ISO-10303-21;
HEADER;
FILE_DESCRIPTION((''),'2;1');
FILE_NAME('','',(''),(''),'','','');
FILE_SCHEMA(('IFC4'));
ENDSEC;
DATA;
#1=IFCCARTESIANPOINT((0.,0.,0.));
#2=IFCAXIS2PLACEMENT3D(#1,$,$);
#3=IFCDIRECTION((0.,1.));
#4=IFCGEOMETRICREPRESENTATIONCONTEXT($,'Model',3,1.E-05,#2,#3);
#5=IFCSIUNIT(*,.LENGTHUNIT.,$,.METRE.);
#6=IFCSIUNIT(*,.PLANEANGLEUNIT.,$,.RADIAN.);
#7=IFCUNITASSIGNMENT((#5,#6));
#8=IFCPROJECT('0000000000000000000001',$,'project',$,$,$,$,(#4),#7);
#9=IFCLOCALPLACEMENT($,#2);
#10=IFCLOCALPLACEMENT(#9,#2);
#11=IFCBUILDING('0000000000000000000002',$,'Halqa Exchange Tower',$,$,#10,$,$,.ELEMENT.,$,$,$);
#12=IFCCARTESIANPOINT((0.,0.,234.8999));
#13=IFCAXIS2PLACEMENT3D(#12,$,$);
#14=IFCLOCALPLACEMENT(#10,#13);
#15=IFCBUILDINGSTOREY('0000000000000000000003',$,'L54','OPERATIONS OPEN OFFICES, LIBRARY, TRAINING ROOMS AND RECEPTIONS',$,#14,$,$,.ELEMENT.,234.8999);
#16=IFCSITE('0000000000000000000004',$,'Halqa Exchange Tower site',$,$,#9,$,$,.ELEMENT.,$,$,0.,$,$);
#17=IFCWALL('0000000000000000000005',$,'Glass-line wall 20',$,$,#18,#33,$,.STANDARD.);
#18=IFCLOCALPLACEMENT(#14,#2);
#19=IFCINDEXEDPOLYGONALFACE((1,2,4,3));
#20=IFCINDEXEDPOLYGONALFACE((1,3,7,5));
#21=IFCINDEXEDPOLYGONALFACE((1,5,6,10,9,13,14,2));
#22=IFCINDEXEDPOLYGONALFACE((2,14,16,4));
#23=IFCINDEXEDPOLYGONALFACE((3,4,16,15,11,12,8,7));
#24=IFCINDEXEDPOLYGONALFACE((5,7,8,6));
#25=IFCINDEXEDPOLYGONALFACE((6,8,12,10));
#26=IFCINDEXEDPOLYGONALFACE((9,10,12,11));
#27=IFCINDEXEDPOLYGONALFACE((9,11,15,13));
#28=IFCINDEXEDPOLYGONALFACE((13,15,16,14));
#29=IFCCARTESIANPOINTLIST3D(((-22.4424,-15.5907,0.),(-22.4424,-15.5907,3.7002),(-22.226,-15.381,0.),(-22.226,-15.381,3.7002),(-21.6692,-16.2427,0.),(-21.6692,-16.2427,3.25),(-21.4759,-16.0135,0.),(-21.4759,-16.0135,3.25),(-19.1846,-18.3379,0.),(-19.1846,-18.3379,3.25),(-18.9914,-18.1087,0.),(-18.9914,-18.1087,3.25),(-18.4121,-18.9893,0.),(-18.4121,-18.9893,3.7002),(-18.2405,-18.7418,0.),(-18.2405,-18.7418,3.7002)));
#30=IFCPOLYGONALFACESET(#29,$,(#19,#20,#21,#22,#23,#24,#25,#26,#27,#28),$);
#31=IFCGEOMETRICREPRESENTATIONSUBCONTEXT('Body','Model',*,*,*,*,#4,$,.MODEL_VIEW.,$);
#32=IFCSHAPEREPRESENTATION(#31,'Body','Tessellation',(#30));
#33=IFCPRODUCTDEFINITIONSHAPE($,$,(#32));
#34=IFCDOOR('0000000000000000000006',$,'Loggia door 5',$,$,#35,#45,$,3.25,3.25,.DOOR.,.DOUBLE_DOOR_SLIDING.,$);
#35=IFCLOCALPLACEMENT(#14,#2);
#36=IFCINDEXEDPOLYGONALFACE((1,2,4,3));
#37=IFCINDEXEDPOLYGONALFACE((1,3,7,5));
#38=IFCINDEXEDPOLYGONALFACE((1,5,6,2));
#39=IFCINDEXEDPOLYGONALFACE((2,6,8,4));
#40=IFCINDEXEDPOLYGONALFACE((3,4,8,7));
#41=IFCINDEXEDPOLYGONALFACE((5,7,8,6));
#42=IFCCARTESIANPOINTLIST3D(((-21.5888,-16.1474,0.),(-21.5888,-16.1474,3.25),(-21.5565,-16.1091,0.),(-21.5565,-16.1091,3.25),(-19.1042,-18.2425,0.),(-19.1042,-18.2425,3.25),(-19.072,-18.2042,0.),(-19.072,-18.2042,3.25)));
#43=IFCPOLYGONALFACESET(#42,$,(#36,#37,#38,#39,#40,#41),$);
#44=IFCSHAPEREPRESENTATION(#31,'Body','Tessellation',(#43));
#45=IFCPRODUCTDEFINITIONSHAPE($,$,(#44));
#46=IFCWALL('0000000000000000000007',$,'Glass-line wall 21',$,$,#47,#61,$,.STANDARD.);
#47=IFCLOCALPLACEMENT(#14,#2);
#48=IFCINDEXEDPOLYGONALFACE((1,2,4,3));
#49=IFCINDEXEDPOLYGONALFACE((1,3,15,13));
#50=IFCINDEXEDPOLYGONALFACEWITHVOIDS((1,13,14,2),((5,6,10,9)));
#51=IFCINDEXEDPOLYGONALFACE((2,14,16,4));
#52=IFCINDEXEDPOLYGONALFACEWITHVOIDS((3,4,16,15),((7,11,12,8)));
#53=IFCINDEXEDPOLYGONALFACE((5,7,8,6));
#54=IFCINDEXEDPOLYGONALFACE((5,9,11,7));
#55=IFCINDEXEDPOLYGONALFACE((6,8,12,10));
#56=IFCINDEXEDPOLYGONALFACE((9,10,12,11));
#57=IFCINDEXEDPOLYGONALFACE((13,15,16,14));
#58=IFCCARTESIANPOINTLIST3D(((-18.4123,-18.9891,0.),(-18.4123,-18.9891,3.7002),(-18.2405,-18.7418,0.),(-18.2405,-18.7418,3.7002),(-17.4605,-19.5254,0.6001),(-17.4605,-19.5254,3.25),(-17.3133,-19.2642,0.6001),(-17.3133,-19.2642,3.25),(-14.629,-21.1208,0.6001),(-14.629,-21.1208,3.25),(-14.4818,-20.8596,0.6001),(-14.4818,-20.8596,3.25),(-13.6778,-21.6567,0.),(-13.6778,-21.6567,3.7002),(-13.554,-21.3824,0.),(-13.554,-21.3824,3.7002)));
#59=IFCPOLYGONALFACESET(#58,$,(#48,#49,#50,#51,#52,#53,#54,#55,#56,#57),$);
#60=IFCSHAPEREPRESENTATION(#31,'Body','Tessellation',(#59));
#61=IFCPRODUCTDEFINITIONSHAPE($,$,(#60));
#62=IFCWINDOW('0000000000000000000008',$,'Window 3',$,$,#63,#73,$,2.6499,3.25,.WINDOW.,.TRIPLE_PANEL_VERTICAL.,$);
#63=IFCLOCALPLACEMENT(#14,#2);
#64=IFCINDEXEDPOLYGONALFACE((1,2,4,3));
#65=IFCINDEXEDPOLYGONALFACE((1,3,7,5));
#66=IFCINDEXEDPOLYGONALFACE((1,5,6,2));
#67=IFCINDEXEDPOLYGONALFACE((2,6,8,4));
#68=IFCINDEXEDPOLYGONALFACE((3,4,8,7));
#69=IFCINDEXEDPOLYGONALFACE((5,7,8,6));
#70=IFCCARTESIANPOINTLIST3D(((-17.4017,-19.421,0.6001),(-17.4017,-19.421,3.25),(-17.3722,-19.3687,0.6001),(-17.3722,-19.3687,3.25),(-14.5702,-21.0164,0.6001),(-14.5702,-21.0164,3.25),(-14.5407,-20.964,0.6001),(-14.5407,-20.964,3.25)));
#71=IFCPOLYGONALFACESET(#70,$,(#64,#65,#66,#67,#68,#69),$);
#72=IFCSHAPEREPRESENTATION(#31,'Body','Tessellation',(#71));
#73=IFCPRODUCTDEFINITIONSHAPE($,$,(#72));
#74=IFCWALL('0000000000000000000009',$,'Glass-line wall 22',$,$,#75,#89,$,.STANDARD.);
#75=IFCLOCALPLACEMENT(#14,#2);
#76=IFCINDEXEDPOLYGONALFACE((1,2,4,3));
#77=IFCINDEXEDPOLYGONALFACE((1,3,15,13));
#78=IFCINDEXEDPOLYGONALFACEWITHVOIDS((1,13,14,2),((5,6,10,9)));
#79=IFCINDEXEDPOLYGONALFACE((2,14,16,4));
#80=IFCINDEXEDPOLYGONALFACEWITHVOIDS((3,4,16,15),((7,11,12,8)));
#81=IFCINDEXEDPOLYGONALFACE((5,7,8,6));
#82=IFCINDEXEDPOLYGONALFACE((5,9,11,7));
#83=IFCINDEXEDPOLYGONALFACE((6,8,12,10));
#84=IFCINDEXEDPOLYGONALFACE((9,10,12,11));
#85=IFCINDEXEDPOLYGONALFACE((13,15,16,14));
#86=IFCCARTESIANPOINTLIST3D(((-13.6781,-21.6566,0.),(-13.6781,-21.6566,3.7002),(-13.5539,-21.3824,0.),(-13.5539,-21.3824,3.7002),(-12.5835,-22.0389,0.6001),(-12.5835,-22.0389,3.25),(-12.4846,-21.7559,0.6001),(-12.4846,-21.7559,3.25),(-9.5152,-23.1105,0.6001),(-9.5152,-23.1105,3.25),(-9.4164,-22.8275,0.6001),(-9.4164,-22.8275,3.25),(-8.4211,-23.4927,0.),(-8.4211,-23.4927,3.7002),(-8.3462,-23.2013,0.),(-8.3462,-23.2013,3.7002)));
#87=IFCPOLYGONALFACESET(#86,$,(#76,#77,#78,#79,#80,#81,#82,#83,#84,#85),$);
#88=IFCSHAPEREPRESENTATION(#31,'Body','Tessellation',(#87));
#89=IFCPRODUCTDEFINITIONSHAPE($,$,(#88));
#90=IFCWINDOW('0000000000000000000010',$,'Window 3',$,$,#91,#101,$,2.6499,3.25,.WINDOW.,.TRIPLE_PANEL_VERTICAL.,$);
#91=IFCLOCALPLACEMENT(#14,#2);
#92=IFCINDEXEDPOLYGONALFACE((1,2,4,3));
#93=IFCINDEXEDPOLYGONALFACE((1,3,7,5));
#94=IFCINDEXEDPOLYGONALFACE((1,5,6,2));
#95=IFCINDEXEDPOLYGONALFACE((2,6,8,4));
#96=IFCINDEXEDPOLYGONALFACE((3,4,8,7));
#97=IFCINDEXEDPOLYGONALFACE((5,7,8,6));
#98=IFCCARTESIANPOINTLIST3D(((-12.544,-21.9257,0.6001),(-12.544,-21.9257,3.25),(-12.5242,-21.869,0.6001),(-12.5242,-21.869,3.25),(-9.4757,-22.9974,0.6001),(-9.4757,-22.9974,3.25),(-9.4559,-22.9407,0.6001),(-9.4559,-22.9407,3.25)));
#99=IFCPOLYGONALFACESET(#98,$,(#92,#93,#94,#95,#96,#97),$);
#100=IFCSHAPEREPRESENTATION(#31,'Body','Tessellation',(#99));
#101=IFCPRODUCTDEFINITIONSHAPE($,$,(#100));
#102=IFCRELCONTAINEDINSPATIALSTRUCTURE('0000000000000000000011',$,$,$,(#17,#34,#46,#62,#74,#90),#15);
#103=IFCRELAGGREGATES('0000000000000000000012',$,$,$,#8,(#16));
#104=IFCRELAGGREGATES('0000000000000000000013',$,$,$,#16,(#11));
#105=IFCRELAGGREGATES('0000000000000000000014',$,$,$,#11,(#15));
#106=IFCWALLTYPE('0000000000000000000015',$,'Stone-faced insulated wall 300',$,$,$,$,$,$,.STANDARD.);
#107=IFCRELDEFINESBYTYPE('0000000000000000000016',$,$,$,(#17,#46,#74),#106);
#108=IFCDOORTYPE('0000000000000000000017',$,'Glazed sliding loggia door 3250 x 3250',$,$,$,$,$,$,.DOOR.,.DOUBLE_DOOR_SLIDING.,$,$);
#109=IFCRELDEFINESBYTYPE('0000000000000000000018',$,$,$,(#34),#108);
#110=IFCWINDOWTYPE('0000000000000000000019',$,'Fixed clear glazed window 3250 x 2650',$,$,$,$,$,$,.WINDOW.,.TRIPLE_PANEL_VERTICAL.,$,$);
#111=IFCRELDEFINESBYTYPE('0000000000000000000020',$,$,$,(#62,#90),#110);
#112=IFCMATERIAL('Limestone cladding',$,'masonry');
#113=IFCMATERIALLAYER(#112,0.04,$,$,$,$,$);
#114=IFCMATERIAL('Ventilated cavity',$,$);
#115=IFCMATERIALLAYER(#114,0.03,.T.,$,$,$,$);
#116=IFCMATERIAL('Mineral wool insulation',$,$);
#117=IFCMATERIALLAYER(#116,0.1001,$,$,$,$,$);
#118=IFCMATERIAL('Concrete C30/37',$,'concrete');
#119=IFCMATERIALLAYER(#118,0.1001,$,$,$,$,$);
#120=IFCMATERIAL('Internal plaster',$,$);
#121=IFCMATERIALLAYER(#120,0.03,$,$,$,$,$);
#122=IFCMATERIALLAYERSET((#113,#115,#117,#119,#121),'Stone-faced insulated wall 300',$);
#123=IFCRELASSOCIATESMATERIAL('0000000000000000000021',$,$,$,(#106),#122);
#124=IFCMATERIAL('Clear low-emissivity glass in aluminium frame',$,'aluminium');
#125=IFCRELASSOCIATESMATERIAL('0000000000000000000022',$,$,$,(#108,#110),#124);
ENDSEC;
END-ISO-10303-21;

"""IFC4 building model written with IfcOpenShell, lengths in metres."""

from ifc_helpers import new_model, si_unit, direction, frame, frame_2d, origin, place, context, subcontext, project, spatial, polyline, rectangle, outline, extrude, material, layer, layer_set, type_object, element, fill, save


model = new_model("IFC4")

# Units and contexts
model_context = context("Model", 3, precision=1e-05, world=origin(), true_north=direction((0.0, 1.0)))
body_context = subcontext(model_context, "Body", "Model", "MODEL_VIEW")
ifc_project = project(units=[si_unit("LENGTHUNIT", "METRE"), si_unit("PLANEANGLEUNIT", "RADIAN")], contexts=[model_context])

# Site, building, storey
site_placement = place(None, origin())
site = spatial("IfcSite", under=ifc_project, at=site_placement, Name="Halqa Exchange Tower site", CompositionType="ELEMENT", RefElevation=0.0)
building_placement = place(site_placement, origin())
building = spatial("IfcBuilding", under=site, at=building_placement, Name="Halqa Exchange Tower", CompositionType="ELEMENT")
storey_placement = place(building_placement, frame((0.0, 0.0, 234.8999)))
storey = spatial("IfcBuildingStorey", under=building, at=storey_placement, Name="L54", Description="OPERATIONS OPEN OFFICES, LIBRARY, TRAINING ROOMS AND RECEPTIONS", CompositionType="ELEMENT", Elevation=234.8999)

# Wall, opening, door
ifc_material_1 = material(Name="Limestone cladding", Category="masonry")
ifc_layer_1 = layer(ifc_material_1, 0.04)
ifc_material_2 = material(Name="Ventilated cavity")
ifc_layer_2 = layer(ifc_material_2, 0.03, ventilated=True)
ifc_material_3 = material(Name="Mineral wool insulation")
ifc_layer_3 = layer(ifc_material_3, 0.1001)
ifc_material_4 = material(Name="Concrete C30/37", Category="concrete")
ifc_layer_4 = layer(ifc_material_4, 0.1001)
ifc_material_5 = material(Name="Internal plaster")
ifc_layer_5 = layer(ifc_material_5, 0.03)
ifc_layer_set_1 = layer_set([ifc_layer_1, ifc_layer_2, ifc_layer_3, ifc_layer_4, ifc_layer_5], Name="Stone-faced insulated wall 300")
wall_type_1 = type_object("IfcWallType", Name="Stone-faced insulated wall 300", PredefinedType="STANDARD", material=ifc_layer_set_1)
wall_1_placement = place(storey_placement, frame((-22.3342, -15.4858, 0.0), z_axis=(0.0, 0.0, 1.0), x_axis=(0.764475, -0.644653, 0.0)))
wall_1 = element("IfcWall", 1, at=wall_1_placement, inside=storey, type_object=wall_type_1, Name="Glass-line wall 20", PredefinedType="STANDARD", context=body_context, shape_type="SweptSolid", body=[
    extrude(outline(polyline([(-0.0151, -0.1499), (5.2568, -0.1499), (5.2285, 0.1499), (0.0151, 0.1499), (-0.0151, -0.1499)])), origin(), (0.0, 0.0, 1.0), 3.7002),
])
opening_1_placement = place(wall_1_placement, frame((0.9963, 0.0, 0.0)))
opening_1 = element("IfcOpeningElement", 2, at=opening_1_placement, cuts=wall_1, PredefinedType="OPENING", context=body_context, shape_type="SweptSolid", body=[
    extrude(rectangle(XDim=3.25, YDim=3.25, at=frame_2d((1.625, 1.625))), frame((0.0, 0.1621, 0.0), z_axis=(0.0, -1.0, 0.0), x_axis=(1.0, 0.0, 0.0)), (0.0, 0.0, 1.0), 0.324),
])
ifc_material_6 = material(Name="Clear low-emissivity glass in aluminium frame", Category="aluminium")
door_type_1 = type_object("IfcDoorType", Name="Glazed sliding loggia door 3250 x 3250", OperationType="DOUBLE_DOOR_SLIDING", PredefinedType="DOOR", material=ifc_material_6)
door_1_placement = place(opening_1_placement, origin())
door_1 = element("IfcDoor", 3, at=door_1_placement, inside=storey, type_object=door_type_1, Name="Loggia door 5", OperationType="DOUBLE_DOOR_SLIDING", OverallHeight=3.25, OverallWidth=3.25, PredefinedType="DOOR", context=body_context, shape_type="SweptSolid", body=[
    extrude(rectangle(XDim=3.25, YDim=3.25, at=frame_2d((1.625, 1.625))), frame((0.0, 0.0249, 0.0), z_axis=(0.0, -1.0, 0.0), x_axis=(1.0, 0.0, 0.0)), (0.0, 0.0, 1.0), 0.05),
])
fill(opening_1, door_1)

# Walls, openings, windows
wall_2_placement = place(storey_placement, frame((-18.3264, -18.8655, 0.0), z_axis=(0.0, 0.0, 1.0), x_axis=(0.871226, -0.490883, 0.0)))
wall_2 = element("IfcWall", 4, at=wall_2_placement, inside=storey, type_object=wall_type_1, Name="Glass-line wall 21", PredefinedType="STANDARD", context=body_context, shape_type="SweptSolid", body=[
    extrude(outline(polyline([(-0.0142, -0.1499), (5.4202, -0.1499), (5.3933, 0.1499), (0.0142, 0.1499), (-0.0142, -0.1499)])), origin(), (0.0, 0.0, 1.0), 3.7002),
])
opening_2_placement = place(wall_2_placement, frame((1.0784, 0.0, 0.6001)))
opening_2 = element("IfcOpeningElement", 5, at=opening_2_placement, cuts=wall_2, PredefinedType="OPENING", context=body_context, shape_type="SweptSolid", body=[
    extrude(rectangle(XDim=3.25, YDim=2.6499, at=frame_2d((1.625, 1.325))), frame((0.0, 0.1621, 0.0), z_axis=(0.0, -1.0, 0.0), x_axis=(1.0, 0.0, 0.0)), (0.0, 0.0, 1.0), 0.324),
])
window_type = type_object("IfcWindowType", Name="Fixed clear glazed window 3250 x 2650", PartitioningType="TRIPLE_PANEL_VERTICAL", PredefinedType="WINDOW", material=ifc_material_6)
window_1_placement = place(opening_2_placement, origin())
window_1 = element("IfcWindow", 6, at=window_1_placement, inside=storey, type_object=window_type, Name="Window 3", OverallHeight=2.6499, OverallWidth=3.25, PartitioningType="TRIPLE_PANEL_VERTICAL", PredefinedType="WINDOW", context=body_context, shape_type="SweptSolid", body=[
    extrude(rectangle(XDim=3.25, YDim=2.6499, at=frame_2d((1.625, 1.325))), frame((0.0, 0.03, 0.0), z_axis=(0.0, -1.0, 0.0), x_axis=(1.0, 0.0, 0.0)), (0.0, 0.0, 1.0), 0.0601),
])
fill(opening_2, window_1)
wall_3_placement = place(storey_placement, frame((-13.616, -21.5195, 0.0), z_axis=(0.0, 0.0, 1.0), x_axis=(0.944076, -0.329728, 0.0)))
wall_3 = element("IfcWall", 7, at=wall_3_placement, inside=storey, type_object=wall_type_1, Name="Glass-line wall 22", PredefinedType="STANDARD", context=body_context, shape_type="SweptSolid", body=[
    extrude(outline(polyline([(-0.0134, -0.1499), (5.5549, -0.1499), (5.5295, 0.1499), (0.0134, 0.1499), (-0.0134, -0.1499)])), origin(), (0.0, 0.0, 1.0), 3.7002),
])
opening_3_placement = place(wall_3_placement, frame((1.146, 0.0, 0.6001)))
opening_3 = element("IfcOpeningElement", 8, at=opening_3_placement, cuts=wall_3, PredefinedType="OPENING", context=body_context, shape_type="SweptSolid", body=[
    extrude(rectangle(XDim=3.25, YDim=2.6499, at=frame_2d((1.625, 1.325))), frame((0.0, 0.1621, 0.0), z_axis=(0.0, -1.0, 0.0), x_axis=(1.0, 0.0, 0.0)), (0.0, 0.0, 1.0), 0.324),
])
window_2_placement = place(opening_3_placement, origin())
window_2 = element("IfcWindow", 9, at=window_2_placement, inside=storey, type_object=window_type, Name="Window 3", OverallHeight=2.6499, OverallWidth=3.25, PartitioningType="TRIPLE_PANEL_VERTICAL", PredefinedType="WINDOW", context=body_context, shape_type="SweptSolid", body=[
    extrude(rectangle(XDim=3.25, YDim=2.6499, at=frame_2d((1.625, 1.325))), frame((0.0, 0.03, 0.0), z_axis=(0.0, -1.0, 0.0), x_axis=(1.0, 0.0, 0.0)), (0.0, 0.0, 1.0), 0.0601),
])
fill(opening_3, window_2)

save(model, "model.ifc")
